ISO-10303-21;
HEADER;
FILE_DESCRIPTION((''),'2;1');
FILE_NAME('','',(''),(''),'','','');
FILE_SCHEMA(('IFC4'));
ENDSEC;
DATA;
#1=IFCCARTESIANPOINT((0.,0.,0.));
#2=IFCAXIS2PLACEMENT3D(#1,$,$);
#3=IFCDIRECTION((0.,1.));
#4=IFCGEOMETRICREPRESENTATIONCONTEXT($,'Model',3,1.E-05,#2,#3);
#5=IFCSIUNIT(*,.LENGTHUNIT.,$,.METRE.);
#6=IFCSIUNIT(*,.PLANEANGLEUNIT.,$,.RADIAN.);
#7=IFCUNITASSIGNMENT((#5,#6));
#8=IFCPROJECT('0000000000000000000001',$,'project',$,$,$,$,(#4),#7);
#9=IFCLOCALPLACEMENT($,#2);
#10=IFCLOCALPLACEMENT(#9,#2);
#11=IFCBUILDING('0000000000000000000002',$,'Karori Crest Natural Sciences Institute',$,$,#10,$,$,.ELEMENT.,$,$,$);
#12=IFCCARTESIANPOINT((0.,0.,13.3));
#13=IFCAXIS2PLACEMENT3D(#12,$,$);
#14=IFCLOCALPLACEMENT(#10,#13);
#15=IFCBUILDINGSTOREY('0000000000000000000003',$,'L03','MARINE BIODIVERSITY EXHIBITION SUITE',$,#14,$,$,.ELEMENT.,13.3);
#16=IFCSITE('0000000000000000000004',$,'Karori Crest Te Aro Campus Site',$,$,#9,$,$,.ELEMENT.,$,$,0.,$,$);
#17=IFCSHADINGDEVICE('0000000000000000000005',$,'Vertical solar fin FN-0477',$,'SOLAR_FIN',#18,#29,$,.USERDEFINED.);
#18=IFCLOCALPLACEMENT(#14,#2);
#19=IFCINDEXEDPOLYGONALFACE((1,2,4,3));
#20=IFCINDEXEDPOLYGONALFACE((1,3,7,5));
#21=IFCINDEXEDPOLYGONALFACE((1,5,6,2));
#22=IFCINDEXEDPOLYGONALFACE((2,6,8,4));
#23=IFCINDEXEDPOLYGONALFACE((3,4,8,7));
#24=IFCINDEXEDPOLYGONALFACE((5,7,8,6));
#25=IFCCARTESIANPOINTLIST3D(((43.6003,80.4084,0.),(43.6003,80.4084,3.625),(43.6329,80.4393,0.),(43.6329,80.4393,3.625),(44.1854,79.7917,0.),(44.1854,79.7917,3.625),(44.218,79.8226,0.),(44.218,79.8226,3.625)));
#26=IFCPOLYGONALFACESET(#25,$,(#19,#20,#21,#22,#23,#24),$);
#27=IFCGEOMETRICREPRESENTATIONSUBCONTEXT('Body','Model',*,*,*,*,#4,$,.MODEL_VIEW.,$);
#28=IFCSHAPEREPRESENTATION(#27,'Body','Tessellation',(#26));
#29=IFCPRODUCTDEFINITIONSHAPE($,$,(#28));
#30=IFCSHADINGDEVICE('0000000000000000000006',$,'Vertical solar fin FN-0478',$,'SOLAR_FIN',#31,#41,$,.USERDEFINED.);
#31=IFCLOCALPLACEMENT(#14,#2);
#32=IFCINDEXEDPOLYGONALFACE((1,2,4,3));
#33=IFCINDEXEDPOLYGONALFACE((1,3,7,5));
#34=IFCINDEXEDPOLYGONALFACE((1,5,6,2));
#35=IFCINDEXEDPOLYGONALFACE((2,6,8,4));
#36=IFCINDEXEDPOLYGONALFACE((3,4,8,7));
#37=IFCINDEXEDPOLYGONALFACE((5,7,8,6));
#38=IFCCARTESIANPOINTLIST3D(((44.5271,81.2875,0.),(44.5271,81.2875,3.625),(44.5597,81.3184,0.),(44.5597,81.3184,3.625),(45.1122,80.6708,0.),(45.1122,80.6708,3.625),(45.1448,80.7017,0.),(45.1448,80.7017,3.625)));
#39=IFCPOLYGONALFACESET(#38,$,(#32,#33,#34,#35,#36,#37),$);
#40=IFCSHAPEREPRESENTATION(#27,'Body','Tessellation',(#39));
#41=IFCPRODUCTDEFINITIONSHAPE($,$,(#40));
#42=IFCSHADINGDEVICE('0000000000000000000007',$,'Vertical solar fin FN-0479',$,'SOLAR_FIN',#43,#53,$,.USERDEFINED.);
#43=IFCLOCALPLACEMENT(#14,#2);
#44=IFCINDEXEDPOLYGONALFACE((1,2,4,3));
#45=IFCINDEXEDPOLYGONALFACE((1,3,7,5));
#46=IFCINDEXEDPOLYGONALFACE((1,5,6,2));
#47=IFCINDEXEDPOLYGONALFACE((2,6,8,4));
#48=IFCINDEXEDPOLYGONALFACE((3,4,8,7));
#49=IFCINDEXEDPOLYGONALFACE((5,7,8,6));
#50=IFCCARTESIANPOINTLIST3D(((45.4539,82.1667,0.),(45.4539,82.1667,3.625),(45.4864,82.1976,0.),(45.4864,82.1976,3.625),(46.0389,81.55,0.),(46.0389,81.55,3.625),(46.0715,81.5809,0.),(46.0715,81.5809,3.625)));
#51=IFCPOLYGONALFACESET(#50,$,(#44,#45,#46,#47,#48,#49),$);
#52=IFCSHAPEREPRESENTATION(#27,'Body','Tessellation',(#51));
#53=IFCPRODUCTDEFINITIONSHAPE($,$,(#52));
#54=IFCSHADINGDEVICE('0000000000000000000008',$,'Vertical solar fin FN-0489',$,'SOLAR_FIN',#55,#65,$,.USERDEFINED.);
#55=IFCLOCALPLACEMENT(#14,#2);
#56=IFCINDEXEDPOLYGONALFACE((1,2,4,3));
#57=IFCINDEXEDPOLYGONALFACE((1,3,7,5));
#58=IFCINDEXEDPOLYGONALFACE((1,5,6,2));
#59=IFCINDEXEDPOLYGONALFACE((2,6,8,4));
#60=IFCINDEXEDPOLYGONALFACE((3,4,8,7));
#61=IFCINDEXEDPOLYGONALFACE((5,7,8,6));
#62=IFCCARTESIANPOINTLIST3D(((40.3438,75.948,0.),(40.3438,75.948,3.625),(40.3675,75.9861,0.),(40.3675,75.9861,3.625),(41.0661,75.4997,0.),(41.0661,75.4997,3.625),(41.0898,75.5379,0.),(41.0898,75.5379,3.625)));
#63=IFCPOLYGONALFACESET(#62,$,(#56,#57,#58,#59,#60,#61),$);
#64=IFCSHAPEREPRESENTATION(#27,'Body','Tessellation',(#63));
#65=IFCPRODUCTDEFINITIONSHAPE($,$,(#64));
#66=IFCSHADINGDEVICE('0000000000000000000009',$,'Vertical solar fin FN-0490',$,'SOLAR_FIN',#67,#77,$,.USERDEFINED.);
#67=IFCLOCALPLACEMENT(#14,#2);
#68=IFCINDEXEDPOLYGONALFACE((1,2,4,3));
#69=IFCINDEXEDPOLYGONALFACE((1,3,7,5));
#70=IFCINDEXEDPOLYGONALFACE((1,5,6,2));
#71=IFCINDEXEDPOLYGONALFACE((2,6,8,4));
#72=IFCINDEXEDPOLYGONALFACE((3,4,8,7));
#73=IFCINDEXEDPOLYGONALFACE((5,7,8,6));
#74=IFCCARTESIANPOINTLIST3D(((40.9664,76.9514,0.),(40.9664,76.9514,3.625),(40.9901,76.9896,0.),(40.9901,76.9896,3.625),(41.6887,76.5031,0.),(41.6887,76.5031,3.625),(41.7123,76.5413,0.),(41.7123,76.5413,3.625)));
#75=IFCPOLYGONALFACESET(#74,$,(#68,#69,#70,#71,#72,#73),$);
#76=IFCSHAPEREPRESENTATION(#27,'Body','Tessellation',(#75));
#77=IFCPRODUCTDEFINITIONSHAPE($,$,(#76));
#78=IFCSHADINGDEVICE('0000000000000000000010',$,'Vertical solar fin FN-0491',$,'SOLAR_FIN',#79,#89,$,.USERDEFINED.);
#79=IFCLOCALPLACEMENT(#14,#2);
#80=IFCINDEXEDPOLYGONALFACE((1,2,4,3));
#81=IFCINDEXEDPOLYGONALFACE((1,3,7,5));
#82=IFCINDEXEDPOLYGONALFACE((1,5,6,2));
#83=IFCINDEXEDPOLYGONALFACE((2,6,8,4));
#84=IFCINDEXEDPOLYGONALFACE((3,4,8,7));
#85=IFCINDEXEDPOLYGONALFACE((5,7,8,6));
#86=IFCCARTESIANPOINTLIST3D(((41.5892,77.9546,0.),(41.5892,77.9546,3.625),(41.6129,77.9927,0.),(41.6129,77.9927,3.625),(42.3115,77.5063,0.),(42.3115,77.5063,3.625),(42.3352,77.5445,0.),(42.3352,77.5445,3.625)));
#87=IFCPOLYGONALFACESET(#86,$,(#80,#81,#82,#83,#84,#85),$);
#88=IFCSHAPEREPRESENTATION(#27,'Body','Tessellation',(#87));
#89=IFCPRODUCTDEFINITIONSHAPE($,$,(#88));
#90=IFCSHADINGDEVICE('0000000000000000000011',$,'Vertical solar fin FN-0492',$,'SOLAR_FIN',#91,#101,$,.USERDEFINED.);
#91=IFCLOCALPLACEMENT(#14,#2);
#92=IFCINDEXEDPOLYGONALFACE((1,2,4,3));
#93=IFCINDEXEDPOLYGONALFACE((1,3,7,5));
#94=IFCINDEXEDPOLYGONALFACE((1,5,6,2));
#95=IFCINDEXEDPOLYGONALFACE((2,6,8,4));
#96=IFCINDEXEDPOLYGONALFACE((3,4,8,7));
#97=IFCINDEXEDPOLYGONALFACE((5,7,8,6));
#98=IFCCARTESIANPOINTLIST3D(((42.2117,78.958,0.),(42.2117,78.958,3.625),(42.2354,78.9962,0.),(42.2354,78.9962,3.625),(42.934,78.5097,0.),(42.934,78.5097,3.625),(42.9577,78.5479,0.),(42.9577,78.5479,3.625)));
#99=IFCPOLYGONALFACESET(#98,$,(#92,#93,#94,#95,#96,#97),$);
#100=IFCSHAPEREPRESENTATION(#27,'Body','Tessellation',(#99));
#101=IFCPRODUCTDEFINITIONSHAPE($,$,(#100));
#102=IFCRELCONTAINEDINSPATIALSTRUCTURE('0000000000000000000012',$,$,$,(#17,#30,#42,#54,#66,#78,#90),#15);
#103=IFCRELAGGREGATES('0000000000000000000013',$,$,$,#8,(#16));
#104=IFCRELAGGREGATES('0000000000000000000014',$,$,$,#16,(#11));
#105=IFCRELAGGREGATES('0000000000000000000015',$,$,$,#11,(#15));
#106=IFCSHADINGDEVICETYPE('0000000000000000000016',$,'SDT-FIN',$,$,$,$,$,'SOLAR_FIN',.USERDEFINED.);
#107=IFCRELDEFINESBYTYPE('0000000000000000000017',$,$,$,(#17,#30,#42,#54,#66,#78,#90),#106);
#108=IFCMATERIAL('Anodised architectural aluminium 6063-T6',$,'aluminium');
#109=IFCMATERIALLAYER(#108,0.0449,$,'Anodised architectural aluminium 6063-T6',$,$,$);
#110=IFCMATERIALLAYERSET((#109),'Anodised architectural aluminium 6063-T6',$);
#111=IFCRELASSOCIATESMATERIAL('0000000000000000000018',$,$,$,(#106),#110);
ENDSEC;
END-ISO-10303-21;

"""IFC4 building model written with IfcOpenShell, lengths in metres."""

from ifc_helpers import new_model, si_unit, direction, frame, origin, origin_2d, place, context, subcontext, project, spatial, rectangle, extrude, material, layer, layer_set, type_object, element, save


model = new_model("IFC4")

# Units and contexts
model_context = context("Model", 3, precision=1e-05, world=origin(), true_north=direction((0.0, 1.0)))
body_context = subcontext(model_context, "Body", "Model", "MODEL_VIEW")
ifc_project = project(units=[si_unit("LENGTHUNIT", "METRE"), si_unit("PLANEANGLEUNIT", "RADIAN")], contexts=[model_context])

# Site, building, storey
site_placement = place(None, origin())
site = spatial("IfcSite", under=ifc_project, at=site_placement, Name="Karori Crest Te Aro Campus Site", CompositionType="ELEMENT", RefElevation=0.0)
building_placement = place(site_placement, origin())
building = spatial("IfcBuilding", under=site, at=building_placement, Name="Karori Crest Natural Sciences Institute", CompositionType="ELEMENT")
storey_placement = place(building_placement, frame((0.0, 0.0, 13.3)))
storey = spatial("IfcBuildingStorey", under=building, at=storey_placement, Name="L03", Description="MARINE BIODIVERSITY EXHIBITION SUITE", CompositionType="ELEMENT", Elevation=13.3)

# Shared definitions
ifc_material_1 = material(Name="Anodised architectural aluminium 6063-T6", Category="aluminium")

# Shading devices
ifc_layer_1 = layer(ifc_material_1, 0.0449, Name="Anodised architectural aluminium 6063-T6")
ifc_layer_set_1 = layer_set([ifc_layer_1], Name="Anodised architectural aluminium 6063-T6")
shading_device_type = type_object("IfcShadingDeviceType", Name="SDT-FIN", ElementType="SOLAR_FIN", PredefinedType="USERDEFINED", material=ifc_layer_set_1)
for number, where, z_axis, x_axis, name in (
    (1, (43.9092, 80.1155, 0.0), (0.0, 0.0, 1.0), (-0.688251, 0.725473, 0.0), "Vertical solar fin FN-0477"),
    (2, (44.8359, 80.9946, 0.0), (0.0, 0.0, 1.0), (-0.688251, 0.725473, 0.0), "Vertical solar fin FN-0478"),
    (3, (45.7627, 81.8738, 0.0), (0.0, 0.0, 1.0), (-0.688251, 0.725473, 0.0), "Vertical solar fin FN-0479"),
    (4, (40.7168, 75.7429, 0.0), (0.0, 0.0, 1.0), (-0.849665, 0.527324, 0.0), "Vertical solar fin FN-0489"),
    (5, (41.3394, 76.7463, 0.0), (0.0, 0.0, 1.0), (-0.849665, 0.527324, 0.0), "Vertical solar fin FN-0490"),
    (6, (41.9622, 77.7495, 0.0), (0.0, 0.0, 1.0), (-0.849665, 0.527324, 0.0), "Vertical solar fin FN-0491"),
    (7, (42.5847, 78.7529, 0.0), (0.0, 0.0, 1.0), (-0.849665, 0.527324, 0.0), "Vertical solar fin FN-0492"),
):
    element("IfcShadingDevice", number, at=place(storey_placement, frame(where, z_axis=z_axis, x_axis=x_axis)), inside=storey, type_object=shading_device_type, Name=name, ObjectType="SOLAR_FIN", PredefinedType="USERDEFINED", context=body_context, shape_type="SweptSolid", body=[
        extrude(rectangle(XDim=0.8501, YDim=0.0449, at=origin_2d()), origin(), (0.0, 0.0, 1.0), 3.625),
    ])

save(model, "model.ifc")
